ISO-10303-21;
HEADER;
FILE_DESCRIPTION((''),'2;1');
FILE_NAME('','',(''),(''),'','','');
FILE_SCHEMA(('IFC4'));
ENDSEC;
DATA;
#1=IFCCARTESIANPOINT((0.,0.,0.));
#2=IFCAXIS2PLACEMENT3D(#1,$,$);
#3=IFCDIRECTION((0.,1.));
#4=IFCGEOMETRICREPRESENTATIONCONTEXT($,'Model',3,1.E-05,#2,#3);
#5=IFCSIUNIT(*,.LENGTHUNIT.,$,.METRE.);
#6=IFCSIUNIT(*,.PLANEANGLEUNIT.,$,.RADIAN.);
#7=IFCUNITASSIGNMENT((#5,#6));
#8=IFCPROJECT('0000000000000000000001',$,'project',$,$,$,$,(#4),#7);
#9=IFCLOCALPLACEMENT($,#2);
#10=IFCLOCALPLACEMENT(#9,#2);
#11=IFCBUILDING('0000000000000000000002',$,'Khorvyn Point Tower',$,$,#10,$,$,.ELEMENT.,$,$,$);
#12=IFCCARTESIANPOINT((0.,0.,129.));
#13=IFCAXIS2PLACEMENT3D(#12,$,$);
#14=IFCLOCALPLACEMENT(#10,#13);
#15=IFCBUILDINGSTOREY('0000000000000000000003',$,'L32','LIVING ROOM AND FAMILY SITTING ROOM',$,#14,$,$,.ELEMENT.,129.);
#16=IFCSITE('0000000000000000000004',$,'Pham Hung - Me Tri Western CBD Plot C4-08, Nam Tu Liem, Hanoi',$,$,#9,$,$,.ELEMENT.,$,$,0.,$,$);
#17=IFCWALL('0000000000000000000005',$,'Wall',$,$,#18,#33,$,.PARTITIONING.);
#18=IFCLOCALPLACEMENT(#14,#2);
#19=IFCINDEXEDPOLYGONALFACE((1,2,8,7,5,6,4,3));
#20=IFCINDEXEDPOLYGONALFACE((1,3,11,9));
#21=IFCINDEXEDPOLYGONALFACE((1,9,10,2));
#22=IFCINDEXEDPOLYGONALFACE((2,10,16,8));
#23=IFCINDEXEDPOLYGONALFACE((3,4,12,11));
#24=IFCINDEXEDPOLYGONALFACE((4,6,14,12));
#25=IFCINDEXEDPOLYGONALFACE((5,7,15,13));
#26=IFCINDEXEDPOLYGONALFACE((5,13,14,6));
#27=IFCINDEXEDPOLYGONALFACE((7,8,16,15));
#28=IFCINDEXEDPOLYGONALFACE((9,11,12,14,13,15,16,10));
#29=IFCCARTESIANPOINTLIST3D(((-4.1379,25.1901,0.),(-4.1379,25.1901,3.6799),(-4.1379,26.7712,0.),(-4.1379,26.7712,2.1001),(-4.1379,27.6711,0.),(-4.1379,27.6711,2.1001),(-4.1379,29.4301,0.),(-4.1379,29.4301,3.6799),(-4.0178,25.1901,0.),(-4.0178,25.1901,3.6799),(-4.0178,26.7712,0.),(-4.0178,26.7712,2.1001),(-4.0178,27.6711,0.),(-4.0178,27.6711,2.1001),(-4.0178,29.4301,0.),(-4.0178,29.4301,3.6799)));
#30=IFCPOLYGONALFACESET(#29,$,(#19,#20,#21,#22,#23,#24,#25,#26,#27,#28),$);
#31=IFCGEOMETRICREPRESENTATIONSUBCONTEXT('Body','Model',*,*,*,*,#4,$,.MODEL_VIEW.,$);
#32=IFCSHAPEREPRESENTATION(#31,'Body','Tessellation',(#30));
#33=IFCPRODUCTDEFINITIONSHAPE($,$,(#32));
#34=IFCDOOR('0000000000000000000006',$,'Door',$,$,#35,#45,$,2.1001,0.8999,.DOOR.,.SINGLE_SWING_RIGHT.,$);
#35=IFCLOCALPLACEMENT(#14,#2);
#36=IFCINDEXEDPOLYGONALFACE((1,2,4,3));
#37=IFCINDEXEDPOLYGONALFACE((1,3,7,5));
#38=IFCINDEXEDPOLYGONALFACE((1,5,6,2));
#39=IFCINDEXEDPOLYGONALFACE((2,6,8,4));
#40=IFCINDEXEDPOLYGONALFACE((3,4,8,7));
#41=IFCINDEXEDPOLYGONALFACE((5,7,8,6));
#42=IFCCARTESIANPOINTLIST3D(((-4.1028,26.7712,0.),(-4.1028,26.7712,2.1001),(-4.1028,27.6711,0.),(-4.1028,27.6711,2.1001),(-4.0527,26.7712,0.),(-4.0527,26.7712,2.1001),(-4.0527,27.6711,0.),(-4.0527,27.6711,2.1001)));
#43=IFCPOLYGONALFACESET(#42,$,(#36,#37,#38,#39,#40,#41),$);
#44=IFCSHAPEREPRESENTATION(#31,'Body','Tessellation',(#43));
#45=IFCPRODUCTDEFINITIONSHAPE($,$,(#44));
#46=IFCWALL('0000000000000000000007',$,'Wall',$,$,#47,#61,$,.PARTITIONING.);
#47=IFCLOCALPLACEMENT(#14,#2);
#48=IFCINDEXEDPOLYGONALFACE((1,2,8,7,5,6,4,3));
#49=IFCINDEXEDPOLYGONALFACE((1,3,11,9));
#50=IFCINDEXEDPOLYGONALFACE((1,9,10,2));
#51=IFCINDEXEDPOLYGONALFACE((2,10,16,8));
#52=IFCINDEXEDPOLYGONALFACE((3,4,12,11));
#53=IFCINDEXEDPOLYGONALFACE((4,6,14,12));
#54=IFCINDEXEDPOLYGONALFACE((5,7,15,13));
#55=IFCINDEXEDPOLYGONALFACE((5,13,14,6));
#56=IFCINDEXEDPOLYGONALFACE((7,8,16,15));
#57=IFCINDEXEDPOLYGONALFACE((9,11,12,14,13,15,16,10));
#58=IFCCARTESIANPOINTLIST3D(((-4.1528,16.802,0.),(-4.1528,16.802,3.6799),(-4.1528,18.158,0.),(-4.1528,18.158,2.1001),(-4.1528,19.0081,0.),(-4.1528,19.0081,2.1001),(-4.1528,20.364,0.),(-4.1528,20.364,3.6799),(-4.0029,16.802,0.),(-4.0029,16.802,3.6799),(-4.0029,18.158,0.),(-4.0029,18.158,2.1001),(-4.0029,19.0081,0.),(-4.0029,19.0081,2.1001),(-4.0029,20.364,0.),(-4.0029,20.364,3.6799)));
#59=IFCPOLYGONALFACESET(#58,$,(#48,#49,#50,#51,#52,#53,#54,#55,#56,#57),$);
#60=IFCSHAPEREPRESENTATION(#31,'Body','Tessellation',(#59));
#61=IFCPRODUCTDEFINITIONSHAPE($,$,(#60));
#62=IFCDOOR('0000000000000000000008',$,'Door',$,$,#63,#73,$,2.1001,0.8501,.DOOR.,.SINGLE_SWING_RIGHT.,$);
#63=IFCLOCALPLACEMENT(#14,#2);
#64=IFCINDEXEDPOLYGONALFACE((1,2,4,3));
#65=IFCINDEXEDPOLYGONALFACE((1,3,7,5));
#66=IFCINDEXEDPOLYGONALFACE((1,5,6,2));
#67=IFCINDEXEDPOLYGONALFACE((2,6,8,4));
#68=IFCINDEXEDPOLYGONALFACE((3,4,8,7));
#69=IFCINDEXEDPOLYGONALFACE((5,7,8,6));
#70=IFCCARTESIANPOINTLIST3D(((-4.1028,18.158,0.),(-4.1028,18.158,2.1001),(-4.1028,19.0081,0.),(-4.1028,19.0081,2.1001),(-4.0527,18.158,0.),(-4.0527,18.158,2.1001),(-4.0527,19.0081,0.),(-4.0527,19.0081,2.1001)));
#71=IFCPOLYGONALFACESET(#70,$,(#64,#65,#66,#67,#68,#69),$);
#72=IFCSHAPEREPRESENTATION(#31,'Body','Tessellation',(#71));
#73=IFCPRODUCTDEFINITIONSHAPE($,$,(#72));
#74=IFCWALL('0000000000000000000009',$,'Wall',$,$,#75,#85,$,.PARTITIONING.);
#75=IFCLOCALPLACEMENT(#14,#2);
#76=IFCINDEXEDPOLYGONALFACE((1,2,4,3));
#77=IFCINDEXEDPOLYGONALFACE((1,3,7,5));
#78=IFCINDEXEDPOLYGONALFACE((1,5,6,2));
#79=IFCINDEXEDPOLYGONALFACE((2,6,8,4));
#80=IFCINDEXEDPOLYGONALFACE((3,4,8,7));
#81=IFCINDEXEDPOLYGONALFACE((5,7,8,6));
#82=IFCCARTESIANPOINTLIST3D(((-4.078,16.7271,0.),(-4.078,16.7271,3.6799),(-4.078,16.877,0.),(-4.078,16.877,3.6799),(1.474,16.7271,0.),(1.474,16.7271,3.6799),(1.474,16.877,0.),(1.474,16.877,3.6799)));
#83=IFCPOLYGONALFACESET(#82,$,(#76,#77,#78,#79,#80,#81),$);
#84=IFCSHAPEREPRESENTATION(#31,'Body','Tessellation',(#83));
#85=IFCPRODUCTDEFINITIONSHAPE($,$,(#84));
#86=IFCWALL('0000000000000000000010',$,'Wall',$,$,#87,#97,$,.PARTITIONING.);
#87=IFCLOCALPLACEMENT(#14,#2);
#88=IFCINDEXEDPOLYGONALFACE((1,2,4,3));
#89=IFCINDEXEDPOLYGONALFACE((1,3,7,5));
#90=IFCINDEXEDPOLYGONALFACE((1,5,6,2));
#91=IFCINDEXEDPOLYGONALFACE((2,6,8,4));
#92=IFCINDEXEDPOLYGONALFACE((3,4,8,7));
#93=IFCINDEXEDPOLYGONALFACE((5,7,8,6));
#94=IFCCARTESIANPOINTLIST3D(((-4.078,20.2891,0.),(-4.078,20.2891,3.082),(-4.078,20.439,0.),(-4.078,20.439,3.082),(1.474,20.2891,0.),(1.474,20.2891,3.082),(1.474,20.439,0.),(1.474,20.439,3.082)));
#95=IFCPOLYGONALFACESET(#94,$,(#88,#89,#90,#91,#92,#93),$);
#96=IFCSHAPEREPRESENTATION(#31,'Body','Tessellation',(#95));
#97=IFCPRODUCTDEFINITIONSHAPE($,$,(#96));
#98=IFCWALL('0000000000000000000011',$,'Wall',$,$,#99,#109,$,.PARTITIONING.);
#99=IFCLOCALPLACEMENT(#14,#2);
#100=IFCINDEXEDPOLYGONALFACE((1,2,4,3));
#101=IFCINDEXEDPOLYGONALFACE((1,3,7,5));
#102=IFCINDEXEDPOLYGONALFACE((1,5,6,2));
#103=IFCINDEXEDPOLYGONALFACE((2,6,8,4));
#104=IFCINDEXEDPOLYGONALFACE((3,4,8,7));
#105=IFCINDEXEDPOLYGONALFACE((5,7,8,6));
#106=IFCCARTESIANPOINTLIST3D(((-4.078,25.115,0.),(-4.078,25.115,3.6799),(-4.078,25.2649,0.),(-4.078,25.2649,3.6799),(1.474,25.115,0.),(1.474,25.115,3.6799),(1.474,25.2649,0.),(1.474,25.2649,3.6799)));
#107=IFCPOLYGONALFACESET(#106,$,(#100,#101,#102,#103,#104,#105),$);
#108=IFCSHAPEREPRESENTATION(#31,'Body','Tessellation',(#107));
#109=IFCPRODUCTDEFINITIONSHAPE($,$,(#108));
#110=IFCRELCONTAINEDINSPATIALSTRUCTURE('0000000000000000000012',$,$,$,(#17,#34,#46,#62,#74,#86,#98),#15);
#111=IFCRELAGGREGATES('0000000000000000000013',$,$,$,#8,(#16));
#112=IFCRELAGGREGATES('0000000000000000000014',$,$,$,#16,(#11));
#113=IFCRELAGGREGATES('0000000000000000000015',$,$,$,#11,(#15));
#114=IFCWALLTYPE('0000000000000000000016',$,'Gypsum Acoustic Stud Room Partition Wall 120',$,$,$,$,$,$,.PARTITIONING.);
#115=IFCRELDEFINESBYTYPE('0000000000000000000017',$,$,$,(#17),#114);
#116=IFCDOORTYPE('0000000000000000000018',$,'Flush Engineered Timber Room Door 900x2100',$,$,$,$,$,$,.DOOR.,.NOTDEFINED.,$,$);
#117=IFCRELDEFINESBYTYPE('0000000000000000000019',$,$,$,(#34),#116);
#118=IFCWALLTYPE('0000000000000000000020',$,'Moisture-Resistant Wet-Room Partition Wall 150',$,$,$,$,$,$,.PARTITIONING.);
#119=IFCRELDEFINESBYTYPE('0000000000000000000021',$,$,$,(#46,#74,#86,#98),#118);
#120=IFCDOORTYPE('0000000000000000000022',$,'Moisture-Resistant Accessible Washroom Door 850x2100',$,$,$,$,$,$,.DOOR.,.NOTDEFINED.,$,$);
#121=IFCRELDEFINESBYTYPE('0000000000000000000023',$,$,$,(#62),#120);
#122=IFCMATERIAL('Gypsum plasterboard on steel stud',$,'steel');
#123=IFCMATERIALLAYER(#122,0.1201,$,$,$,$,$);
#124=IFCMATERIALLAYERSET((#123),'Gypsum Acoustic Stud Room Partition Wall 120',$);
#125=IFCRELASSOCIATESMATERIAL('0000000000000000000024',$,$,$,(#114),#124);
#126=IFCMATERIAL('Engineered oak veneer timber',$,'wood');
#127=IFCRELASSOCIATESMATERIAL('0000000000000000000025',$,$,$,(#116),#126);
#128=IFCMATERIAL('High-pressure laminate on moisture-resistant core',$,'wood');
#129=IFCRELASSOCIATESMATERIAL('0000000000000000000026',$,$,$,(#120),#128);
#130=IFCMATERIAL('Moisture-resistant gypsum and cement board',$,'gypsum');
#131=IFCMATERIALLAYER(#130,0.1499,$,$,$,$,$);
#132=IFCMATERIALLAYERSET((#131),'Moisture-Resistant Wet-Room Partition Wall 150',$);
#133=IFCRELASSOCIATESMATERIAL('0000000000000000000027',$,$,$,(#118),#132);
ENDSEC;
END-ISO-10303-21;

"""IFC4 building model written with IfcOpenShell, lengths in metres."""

from ifc_helpers import new_model, si_unit, direction, frame, frame_2d, origin, place, context, subcontext, project, spatial, rectangle, extrude, material, layer, layer_set, type_object, element, fill, save


model = new_model("IFC4")

# Units and contexts
model_context = context("Model", 3, precision=1e-05, world=origin(), true_north=direction((0.0, 1.0)))
body_context = subcontext(model_context, "Body", "Model", "MODEL_VIEW")
ifc_project = project(units=[si_unit("LENGTHUNIT", "METRE"), si_unit("PLANEANGLEUNIT", "RADIAN")], contexts=[model_context])

# Site, building, storey
site_placement = place(None, origin())
site = spatial("IfcSite", under=ifc_project, at=site_placement, Name="Pham Hung - Me Tri Western CBD Plot C4-08, Nam Tu Liem, Hanoi", CompositionType="ELEMENT", RefElevation=0.0)
building_placement = place(site_placement, origin())
building = spatial("IfcBuilding", under=site, at=building_placement, Name="Khorvyn Point Tower", CompositionType="ELEMENT")
storey_placement = place(building_placement, frame((0.0, 0.0, 129.0)))
storey = spatial("IfcBuildingStorey", under=building, at=storey_placement, Name="L32", Description="LIVING ROOM AND FAMILY SITTING ROOM", CompositionType="ELEMENT", Elevation=129.0)

# Walls, openings, doors
ifc_material_1 = material(Name="Gypsum plasterboard on steel stud", Category="steel")
ifc_layer_1 = layer(ifc_material_1, 0.1201)
ifc_layer_set_1 = layer_set([ifc_layer_1], Name="Gypsum Acoustic Stud Room Partition Wall 120")
wall_type_1 = type_object("IfcWallType", Name="Gypsum Acoustic Stud Room Partition Wall 120", PredefinedType="PARTITIONING", material=ifc_layer_set_1)
ifc_material_2 = material(Name="Engineered oak veneer timber", Category="wood")
door_type_1 = type_object("IfcDoorType", Name="Flush Engineered Timber Room Door 900x2100", OperationType="NOTDEFINED", PredefinedType="DOOR", material=ifc_material_2)
ifc_material_3 = material(Name="High-pressure laminate on moisture-resistant core", Category="wood")
door_type_2 = type_object("IfcDoorType", Name="Moisture-Resistant Accessible Washroom Door 850x2100", OperationType="NOTDEFINED", PredefinedType="DOOR", material=ifc_material_3)
wall_1_placement = place(storey_placement, frame((-4.0779, 25.1899, 0.0), z_axis=(0.0, 0.0, 1.0), x_axis=(0.0, 1.0, 0.0)))
wall_1 = element("IfcWall", 1, at=wall_1_placement, inside=storey, type_object=wall_type_1, Name="Wall", PredefinedType="PARTITIONING", context=body_context, shape_type="SweptSolid", body=[
    extrude(rectangle(XDim=4.24, YDim=0.1201, at=frame_2d((2.1201, 0.0))), origin(), (0.0, 0.0, 1.0), 3.6799),
])
opening_1_placement = place(wall_1_placement, frame((1.5813, 0.0, 0.0)))
opening_1 = element("IfcOpeningElement", 2, at=opening_1_placement, cuts=wall_1, PredefinedType="OPENING", context=body_context, shape_type="SweptSolid", body=[
    extrude(rectangle(XDim=0.8999, YDim=2.1001, at=frame_2d((0.45, 1.05))), frame((0.0, 0.0701, 0.0), z_axis=(0.0, -1.0, 0.0), x_axis=(1.0, 0.0, 0.0)), (0.0, 0.0, 1.0), 0.1401),
])
door_1_placement = place(opening_1_placement, origin())
door_1 = element("IfcDoor", 3, at=door_1_placement, inside=storey, type_object=door_type_1, Name="Door", OperationType="SINGLE_SWING_RIGHT", OverallHeight=2.1001, OverallWidth=0.8999, PredefinedType="DOOR", context=body_context, shape_type="SweptSolid", body=[
    extrude(rectangle(XDim=0.8999, YDim=2.1001, at=frame_2d((0.45, 1.05))), frame((0.0, 0.0249, 0.0), z_axis=(0.0, -1.0, 0.0), x_axis=(1.0, 0.0, 0.0)), (0.0, 0.0, 1.0), 0.05),
])
fill(opening_1, door_1)
ifc_material_4 = material(Name="Moisture-resistant gypsum and cement board", Category="gypsum")
ifc_layer_2 = layer(ifc_material_4, 0.1499)
ifc_layer_set_2 = layer_set([ifc_layer_2], Name="Moisture-Resistant Wet-Room Partition Wall 150")
wall_type_2 = type_object("IfcWallType", Name="Moisture-Resistant Wet-Room Partition Wall 150", PredefinedType="PARTITIONING", material=ifc_layer_set_2)
wall_2_placement = place(storey_placement, frame((-4.0779, 16.802, 0.0), z_axis=(0.0, 0.0, 1.0), x_axis=(0.0, 1.0, 0.0)))
wall_2 = element("IfcWall", 4, at=wall_2_placement, inside=storey, type_object=wall_type_2, Name="Wall", PredefinedType="PARTITIONING", context=body_context, shape_type="SweptSolid", body=[
    extrude(rectangle(XDim=3.562, YDim=0.1499, at=frame_2d((1.781, 0.0))), origin(), (0.0, 0.0, 1.0), 3.6799),
])
opening_2_placement = place(wall_2_placement, frame((1.356, 0.0, 0.0)))
opening_2 = element("IfcOpeningElement", 5, at=opening_2_placement, cuts=wall_2, PredefinedType="OPENING", context=body_context, shape_type="SweptSolid", body=[
    extrude(rectangle(XDim=0.8501, YDim=2.1001, at=frame_2d((0.425, 1.05))), frame((0.0, 0.085, 0.0), z_axis=(0.0, -1.0, 0.0), x_axis=(1.0, 0.0, 0.0)), (0.0, 0.0, 1.0), 0.1699),
])
door_2_placement = place(opening_2_placement, origin())
door_2 = element("IfcDoor", 6, at=door_2_placement, inside=storey, type_object=door_type_2, Name="Door", OperationType="SINGLE_SWING_RIGHT", OverallHeight=2.1001, OverallWidth=0.8501, PredefinedType="DOOR", context=body_context, shape_type="SweptSolid", body=[
    extrude(rectangle(XDim=0.8501, YDim=2.1001, at=frame_2d((0.425, 1.05))), frame((0.0, 0.0249, 0.0), z_axis=(0.0, -1.0, 0.0), x_axis=(1.0, 0.0, 0.0)), (0.0, 0.0, 1.0), 0.05),
])
fill(opening_2, door_2)

# Walls
wall_3_placement = place(storey_placement, frame((-4.0779, 16.802, 0.0), z_axis=(0.0, 0.0, 1.0), x_axis=(1.0, 0.0, 0.0)))
element("IfcWall", 7, at=wall_3_placement, inside=storey, type_object=wall_type_2, Name="Wall", PredefinedType="PARTITIONING", context=body_context, shape_type="SweptSolid", body=[
    extrude(rectangle(XDim=5.552, YDim=0.1499, at=frame_2d((2.7759, 0.0))), origin(), (0.0, 0.0, 1.0), 3.6799),
])
wall_4_placement = place(storey_placement, frame((-4.0779, 20.364, 0.0), z_axis=(0.0, 0.0, 1.0), x_axis=(1.0, 0.0, 0.0)))
element("IfcWall", 8, at=wall_4_placement, inside=storey, type_object=wall_type_2, Name="Wall", PredefinedType="PARTITIONING", context=body_context, shape_type="SweptSolid", body=[
    extrude(rectangle(XDim=5.552, YDim=0.1499, at=frame_2d((2.7759, 0.0))), origin(), (0.0, 0.0, 1.0), 3.082),
])
wall_5_placement = place(storey_placement, frame((-4.0779, 25.1899, 0.0), z_axis=(0.0, 0.0, 1.0), x_axis=(1.0, 0.0, 0.0)))
element("IfcWall", 9, at=wall_5_placement, inside=storey, type_object=wall_type_2, Name="Wall", PredefinedType="PARTITIONING", context=body_context, shape_type="SweptSolid", body=[
    extrude(rectangle(XDim=5.552, YDim=0.1499, at=frame_2d((2.7759, 0.0))), origin(), (0.0, 0.0, 1.0), 3.6799),
])

save(model, "model.ifc")
